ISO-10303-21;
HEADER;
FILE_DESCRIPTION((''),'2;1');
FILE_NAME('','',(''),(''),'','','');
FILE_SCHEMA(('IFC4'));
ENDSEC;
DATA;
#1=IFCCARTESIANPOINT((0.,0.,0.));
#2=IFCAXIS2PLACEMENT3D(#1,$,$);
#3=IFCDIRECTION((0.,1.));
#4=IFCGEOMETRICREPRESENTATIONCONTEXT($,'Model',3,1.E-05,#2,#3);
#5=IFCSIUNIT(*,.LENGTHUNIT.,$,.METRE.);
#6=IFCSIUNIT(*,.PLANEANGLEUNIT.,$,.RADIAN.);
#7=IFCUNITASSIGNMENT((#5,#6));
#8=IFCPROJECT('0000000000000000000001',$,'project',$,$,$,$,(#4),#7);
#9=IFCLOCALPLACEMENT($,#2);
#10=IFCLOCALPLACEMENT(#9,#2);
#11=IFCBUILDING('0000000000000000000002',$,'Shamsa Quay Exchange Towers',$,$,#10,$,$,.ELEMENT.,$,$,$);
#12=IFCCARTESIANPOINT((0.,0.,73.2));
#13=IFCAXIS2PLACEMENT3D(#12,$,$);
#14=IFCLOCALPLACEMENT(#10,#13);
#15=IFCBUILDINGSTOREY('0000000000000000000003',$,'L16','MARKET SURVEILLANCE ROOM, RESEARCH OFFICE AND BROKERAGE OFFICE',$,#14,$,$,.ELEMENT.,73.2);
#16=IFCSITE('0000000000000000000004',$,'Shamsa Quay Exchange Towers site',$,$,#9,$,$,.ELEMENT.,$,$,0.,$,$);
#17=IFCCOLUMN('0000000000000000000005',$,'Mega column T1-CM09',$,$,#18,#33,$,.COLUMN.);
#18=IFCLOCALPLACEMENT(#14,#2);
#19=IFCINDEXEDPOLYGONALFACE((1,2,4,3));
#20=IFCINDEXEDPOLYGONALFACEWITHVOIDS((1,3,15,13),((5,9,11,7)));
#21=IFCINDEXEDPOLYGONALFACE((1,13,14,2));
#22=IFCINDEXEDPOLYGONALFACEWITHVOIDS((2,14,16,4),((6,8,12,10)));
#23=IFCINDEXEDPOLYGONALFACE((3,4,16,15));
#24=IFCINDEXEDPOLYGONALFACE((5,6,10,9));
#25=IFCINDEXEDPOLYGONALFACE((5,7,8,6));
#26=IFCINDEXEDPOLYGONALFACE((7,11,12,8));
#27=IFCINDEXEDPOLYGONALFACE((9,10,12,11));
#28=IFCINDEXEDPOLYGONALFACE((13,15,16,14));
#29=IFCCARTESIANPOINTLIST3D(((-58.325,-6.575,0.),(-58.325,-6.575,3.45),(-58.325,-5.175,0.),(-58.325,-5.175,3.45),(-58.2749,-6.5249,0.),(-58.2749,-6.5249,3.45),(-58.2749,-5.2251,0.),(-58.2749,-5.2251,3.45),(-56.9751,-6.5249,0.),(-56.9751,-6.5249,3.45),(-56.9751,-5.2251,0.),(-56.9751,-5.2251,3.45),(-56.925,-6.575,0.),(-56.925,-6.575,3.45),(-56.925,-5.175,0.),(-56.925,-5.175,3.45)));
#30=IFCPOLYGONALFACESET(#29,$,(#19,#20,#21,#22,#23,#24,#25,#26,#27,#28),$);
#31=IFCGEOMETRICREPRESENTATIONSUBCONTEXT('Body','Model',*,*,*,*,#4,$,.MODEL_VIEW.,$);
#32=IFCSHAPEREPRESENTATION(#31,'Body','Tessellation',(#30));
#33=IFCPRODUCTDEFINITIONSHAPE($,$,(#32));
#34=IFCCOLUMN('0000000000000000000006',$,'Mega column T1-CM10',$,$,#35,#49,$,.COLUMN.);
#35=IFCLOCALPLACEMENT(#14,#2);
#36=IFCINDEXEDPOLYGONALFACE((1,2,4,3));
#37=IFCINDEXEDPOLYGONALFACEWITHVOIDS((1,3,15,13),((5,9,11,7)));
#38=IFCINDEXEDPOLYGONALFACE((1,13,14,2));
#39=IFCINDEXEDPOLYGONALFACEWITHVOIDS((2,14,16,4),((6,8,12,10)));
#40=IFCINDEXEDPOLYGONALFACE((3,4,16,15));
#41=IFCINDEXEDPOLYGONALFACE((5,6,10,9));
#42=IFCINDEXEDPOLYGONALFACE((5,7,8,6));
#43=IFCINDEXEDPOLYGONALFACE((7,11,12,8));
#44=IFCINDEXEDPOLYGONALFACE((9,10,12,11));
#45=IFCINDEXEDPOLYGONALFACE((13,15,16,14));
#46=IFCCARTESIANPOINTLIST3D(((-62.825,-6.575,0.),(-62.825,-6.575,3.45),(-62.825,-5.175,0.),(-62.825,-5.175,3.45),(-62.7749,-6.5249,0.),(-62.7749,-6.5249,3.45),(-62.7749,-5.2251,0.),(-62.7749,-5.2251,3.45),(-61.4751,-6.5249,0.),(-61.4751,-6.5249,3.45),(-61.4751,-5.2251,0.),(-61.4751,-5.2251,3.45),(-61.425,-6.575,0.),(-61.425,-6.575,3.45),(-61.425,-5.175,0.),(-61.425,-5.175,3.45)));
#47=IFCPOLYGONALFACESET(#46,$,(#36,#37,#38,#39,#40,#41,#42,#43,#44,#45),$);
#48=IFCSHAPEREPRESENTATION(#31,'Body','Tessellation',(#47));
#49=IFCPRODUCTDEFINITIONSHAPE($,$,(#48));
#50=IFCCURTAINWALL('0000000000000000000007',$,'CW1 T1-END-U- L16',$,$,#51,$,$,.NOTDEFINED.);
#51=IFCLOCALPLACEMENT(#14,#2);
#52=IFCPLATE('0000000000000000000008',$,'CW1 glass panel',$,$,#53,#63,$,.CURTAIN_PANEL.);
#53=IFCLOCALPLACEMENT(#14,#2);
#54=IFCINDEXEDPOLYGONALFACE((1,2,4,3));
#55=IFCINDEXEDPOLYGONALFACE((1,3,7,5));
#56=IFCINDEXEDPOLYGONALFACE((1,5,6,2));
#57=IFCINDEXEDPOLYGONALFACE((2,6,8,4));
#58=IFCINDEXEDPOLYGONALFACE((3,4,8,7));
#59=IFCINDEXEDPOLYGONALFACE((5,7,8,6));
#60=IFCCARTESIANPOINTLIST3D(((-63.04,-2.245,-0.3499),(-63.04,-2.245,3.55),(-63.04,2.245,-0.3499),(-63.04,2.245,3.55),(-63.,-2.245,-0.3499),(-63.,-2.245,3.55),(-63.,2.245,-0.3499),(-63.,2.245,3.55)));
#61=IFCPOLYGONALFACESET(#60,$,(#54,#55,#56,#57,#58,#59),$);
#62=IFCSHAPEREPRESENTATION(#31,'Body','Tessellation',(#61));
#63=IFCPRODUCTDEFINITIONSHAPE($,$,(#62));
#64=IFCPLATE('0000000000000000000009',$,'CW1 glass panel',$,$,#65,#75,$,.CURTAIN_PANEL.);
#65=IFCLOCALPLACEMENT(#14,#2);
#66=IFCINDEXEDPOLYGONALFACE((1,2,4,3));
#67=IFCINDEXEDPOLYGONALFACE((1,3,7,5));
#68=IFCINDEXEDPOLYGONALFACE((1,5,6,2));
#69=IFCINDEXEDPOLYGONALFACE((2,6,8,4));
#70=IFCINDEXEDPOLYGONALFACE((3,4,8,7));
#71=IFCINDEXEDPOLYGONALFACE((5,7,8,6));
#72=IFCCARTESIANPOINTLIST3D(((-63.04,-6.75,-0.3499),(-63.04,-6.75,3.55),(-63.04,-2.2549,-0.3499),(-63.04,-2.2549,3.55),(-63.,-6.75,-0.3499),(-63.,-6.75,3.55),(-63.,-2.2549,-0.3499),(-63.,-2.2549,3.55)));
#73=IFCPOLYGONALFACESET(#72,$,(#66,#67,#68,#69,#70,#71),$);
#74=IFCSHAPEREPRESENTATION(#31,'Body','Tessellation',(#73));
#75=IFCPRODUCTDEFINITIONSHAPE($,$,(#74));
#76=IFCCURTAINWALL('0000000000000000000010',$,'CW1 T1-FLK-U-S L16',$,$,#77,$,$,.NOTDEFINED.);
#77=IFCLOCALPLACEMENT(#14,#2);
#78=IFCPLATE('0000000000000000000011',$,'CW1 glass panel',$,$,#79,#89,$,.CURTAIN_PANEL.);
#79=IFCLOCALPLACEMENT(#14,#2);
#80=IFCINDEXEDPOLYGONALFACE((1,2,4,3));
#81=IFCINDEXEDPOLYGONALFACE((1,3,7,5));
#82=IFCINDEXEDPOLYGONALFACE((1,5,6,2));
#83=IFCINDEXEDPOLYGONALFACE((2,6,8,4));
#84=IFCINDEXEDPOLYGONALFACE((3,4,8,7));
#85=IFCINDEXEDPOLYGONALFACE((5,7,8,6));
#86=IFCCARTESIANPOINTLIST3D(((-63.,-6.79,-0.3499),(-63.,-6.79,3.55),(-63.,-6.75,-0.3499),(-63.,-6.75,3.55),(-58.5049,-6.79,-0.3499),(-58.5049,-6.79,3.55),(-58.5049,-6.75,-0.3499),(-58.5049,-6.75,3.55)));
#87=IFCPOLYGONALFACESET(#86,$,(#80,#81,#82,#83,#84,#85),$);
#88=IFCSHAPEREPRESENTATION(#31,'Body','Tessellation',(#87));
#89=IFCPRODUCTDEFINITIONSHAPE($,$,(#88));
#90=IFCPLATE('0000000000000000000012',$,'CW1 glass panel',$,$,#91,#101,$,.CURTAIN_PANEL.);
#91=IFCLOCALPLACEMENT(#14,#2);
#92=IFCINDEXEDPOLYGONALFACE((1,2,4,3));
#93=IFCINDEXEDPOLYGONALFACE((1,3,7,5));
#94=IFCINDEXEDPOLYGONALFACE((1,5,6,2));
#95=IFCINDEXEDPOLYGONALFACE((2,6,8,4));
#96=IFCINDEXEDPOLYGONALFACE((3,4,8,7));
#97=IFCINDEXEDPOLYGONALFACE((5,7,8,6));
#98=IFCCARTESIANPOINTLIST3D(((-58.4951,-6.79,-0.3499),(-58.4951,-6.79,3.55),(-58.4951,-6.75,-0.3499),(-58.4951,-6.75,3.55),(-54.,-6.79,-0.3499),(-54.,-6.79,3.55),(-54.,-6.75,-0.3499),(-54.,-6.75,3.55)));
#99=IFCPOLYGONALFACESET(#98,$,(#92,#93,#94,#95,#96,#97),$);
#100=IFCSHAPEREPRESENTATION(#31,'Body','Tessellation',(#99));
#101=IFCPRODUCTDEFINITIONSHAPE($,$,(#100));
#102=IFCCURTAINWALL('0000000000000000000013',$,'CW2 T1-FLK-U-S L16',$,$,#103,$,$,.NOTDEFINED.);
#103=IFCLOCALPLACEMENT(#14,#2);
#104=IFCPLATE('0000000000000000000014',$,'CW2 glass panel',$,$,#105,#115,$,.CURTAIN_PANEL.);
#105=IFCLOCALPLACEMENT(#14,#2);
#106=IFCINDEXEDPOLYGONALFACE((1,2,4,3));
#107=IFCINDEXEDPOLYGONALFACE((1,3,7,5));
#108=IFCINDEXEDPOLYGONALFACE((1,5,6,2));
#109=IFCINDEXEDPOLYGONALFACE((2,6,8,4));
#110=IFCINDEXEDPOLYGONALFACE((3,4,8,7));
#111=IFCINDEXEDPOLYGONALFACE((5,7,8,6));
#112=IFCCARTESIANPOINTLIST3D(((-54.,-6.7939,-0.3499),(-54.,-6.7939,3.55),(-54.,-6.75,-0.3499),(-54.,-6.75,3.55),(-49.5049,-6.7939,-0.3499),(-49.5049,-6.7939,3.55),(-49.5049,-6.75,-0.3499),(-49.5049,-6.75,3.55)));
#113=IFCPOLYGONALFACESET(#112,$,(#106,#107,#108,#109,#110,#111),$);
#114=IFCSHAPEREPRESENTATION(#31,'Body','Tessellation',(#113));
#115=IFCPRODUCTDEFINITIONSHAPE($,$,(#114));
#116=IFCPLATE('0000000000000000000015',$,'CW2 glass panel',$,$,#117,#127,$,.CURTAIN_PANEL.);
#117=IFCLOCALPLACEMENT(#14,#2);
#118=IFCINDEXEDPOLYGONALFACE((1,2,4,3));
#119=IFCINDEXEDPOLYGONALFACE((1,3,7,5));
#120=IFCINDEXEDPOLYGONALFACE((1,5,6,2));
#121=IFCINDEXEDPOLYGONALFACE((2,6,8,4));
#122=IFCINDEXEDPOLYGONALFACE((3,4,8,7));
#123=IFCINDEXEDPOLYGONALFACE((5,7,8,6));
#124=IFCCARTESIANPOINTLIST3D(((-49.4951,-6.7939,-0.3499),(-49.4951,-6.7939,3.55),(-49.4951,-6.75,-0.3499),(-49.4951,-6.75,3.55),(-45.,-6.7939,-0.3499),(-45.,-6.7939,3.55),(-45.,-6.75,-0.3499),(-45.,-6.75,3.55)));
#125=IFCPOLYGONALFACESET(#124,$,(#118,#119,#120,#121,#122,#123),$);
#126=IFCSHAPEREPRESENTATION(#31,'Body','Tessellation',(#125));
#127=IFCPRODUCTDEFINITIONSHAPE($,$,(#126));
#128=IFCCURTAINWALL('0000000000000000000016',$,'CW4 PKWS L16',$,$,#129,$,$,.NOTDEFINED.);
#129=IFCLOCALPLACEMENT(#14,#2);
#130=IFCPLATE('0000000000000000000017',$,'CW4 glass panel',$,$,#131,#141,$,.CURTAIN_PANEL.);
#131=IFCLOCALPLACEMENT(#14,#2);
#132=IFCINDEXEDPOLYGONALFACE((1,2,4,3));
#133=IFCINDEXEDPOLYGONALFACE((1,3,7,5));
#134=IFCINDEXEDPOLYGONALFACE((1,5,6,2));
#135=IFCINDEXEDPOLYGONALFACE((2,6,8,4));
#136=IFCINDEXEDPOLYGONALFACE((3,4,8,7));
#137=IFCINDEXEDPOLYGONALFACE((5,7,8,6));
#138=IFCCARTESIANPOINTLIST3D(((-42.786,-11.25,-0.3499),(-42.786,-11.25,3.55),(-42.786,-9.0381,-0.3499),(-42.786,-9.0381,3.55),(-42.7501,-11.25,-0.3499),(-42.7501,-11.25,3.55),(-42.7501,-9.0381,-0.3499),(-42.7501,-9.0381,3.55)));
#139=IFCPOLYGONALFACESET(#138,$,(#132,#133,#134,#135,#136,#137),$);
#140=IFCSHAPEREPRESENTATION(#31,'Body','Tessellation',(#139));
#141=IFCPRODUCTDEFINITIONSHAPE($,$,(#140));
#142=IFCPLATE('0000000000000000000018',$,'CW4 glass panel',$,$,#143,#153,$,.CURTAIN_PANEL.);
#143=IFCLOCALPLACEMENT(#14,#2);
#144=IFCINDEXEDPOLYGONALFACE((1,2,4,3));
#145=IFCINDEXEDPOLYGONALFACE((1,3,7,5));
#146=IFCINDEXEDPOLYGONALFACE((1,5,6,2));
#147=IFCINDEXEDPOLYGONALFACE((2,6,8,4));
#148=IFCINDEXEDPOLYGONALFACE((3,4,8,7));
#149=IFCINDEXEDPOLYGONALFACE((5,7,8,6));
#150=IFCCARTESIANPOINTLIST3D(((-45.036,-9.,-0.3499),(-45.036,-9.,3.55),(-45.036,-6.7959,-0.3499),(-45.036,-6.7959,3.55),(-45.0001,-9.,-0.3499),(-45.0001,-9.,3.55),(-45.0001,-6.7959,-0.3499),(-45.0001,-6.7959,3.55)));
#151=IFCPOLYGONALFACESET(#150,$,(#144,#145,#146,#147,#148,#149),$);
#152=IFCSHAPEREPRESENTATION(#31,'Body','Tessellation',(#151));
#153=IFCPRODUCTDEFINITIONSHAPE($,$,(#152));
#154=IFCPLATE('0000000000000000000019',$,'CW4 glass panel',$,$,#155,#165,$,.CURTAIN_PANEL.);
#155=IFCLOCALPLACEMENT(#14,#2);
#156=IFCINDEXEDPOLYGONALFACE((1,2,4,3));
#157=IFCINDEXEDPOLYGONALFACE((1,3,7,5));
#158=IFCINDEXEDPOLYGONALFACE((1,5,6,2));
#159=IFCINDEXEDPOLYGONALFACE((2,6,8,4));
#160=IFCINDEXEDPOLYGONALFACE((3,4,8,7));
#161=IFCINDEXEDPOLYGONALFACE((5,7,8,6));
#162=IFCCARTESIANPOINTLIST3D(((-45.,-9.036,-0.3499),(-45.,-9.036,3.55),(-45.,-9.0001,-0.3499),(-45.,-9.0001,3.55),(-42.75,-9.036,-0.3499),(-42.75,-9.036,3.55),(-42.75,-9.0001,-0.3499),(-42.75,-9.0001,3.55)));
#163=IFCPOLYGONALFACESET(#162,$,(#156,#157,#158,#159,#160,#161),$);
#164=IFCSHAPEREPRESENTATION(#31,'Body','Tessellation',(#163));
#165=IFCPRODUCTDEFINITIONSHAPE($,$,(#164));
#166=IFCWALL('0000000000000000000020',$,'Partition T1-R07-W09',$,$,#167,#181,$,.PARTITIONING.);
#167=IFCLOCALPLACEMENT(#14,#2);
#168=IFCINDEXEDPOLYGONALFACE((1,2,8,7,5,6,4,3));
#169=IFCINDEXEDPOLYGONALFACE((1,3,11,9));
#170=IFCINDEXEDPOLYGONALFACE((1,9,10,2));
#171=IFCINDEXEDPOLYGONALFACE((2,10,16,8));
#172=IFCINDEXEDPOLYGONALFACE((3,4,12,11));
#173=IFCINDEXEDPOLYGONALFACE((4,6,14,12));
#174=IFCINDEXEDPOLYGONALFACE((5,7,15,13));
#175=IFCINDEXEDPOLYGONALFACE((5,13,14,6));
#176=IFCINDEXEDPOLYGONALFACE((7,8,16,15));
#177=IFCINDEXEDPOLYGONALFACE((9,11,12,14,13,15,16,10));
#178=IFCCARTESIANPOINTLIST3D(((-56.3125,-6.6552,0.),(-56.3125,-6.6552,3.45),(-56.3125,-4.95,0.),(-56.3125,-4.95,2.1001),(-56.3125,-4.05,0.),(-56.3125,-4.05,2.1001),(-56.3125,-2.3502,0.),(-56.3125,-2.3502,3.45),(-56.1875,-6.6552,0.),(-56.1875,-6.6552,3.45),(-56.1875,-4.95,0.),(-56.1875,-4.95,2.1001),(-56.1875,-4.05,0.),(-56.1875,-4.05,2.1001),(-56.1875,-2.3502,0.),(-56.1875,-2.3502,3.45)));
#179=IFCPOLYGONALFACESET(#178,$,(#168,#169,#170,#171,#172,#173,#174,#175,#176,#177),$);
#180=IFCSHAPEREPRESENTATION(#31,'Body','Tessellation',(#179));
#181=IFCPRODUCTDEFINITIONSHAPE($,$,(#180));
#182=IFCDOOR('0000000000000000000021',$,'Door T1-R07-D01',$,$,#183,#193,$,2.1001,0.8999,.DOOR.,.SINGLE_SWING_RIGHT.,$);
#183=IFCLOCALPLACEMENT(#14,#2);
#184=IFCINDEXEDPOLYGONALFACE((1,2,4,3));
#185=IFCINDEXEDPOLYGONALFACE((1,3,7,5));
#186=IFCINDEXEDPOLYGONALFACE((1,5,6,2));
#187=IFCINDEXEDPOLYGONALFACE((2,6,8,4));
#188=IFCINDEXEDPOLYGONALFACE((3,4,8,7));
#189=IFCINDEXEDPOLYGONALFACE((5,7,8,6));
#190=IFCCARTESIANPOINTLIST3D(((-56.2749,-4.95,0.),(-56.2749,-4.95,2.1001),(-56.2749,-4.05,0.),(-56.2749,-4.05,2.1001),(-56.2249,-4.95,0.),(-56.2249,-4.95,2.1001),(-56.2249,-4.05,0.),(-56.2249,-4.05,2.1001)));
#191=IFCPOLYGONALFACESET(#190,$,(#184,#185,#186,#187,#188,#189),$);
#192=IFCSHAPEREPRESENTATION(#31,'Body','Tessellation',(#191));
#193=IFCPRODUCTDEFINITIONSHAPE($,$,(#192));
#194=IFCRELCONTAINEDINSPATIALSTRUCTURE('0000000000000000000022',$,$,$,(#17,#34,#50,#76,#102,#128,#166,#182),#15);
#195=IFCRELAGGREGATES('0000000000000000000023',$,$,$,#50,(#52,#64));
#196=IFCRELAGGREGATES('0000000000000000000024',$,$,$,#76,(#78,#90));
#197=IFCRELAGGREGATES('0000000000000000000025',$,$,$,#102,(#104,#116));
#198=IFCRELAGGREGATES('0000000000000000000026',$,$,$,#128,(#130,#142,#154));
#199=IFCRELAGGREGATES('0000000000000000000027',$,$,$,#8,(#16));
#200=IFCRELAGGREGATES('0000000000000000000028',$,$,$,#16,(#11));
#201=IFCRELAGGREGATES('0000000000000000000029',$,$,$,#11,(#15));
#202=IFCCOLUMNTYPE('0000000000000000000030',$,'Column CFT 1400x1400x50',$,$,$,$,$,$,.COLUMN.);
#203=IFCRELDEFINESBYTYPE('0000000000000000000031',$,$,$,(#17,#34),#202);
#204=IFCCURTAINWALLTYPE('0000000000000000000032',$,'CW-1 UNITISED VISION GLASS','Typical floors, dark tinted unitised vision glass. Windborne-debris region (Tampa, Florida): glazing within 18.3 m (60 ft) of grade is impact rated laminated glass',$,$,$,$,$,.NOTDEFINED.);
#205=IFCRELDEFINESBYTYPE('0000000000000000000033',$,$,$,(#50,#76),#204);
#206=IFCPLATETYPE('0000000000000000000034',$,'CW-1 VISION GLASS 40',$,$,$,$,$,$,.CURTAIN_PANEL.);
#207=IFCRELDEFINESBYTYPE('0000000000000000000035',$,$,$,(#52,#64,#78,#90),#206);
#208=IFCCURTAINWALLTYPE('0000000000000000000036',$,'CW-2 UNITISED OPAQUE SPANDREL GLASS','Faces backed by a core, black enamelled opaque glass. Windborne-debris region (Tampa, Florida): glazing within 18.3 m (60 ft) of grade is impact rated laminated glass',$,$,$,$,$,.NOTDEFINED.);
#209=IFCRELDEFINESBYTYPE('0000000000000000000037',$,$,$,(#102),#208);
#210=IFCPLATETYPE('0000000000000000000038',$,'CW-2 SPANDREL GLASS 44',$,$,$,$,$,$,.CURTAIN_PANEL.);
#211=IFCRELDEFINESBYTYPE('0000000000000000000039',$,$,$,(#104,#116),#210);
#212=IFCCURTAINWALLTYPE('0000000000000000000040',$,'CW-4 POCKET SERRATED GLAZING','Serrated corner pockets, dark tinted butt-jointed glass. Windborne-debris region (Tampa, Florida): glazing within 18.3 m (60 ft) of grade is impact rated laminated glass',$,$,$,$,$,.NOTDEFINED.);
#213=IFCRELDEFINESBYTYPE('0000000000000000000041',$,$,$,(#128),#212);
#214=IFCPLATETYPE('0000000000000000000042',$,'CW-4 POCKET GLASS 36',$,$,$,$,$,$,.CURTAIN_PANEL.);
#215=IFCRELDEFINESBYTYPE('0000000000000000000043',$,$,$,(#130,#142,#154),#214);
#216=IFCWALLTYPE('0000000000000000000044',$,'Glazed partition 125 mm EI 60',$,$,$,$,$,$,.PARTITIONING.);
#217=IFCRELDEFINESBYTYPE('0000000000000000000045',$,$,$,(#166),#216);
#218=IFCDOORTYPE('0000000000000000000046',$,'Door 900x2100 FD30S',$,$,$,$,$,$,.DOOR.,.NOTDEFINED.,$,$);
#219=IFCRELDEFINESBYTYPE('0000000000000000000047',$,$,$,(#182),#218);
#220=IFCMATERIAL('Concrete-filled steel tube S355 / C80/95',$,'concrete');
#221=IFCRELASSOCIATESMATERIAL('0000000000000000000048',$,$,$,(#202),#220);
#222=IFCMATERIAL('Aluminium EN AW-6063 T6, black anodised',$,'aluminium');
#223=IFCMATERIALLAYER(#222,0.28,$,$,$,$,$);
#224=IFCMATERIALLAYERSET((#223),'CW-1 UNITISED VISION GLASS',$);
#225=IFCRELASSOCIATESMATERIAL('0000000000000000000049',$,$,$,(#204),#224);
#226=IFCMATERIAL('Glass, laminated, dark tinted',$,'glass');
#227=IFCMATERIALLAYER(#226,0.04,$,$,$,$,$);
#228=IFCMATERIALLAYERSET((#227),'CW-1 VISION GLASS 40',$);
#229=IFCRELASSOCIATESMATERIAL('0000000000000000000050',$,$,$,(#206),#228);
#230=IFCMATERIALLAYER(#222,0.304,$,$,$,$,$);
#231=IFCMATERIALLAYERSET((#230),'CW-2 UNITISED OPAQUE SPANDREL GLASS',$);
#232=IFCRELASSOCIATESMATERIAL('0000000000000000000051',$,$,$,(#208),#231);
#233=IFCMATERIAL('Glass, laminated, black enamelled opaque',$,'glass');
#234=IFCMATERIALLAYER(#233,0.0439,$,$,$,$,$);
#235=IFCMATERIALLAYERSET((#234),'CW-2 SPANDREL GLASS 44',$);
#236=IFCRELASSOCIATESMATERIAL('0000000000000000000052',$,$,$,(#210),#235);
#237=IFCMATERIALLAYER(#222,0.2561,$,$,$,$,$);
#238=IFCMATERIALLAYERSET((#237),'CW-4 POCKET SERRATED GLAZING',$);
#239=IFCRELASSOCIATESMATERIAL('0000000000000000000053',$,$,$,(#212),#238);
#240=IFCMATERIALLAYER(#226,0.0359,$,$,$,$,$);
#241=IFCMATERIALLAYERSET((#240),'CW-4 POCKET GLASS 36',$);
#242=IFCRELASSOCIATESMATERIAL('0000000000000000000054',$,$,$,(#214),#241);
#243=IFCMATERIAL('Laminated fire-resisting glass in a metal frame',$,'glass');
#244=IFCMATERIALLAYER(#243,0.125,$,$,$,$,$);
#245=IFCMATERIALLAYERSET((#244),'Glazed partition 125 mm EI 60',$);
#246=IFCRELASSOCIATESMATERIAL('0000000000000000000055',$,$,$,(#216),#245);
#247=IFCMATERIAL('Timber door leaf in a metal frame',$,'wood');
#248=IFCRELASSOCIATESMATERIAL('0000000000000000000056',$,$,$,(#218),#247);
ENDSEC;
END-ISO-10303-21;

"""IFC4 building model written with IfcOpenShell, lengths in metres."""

from ifc_helpers import new_model, si_unit, direction, frame, frame_2d, origin, origin_2d, place, context, subcontext, project, spatial, rectangle, hollow_rectangle, extrude, material, layer, layer_set, material_profile, profile_set, type_object, element, fill, aggregate, save


model = new_model("IFC4")

# Units and contexts
model_context = context("Model", 3, precision=1e-05, world=origin(), true_north=direction((0.0, 1.0)))
body_context = subcontext(model_context, "Body", "Model", "MODEL_VIEW")
ifc_project = project(units=[si_unit("LENGTHUNIT", "METRE"), si_unit("PLANEANGLEUNIT", "RADIAN")], contexts=[model_context])

# Site, building, storey
site_placement = place(None, origin())
site = spatial("IfcSite", under=ifc_project, at=site_placement, Name="Shamsa Quay Exchange Towers site", CompositionType="ELEMENT", RefElevation=0.0)
building_placement = place(site_placement, origin())
building = spatial("IfcBuilding", under=site, at=building_placement, Name="Shamsa Quay Exchange Towers", CompositionType="ELEMENT")
storey_placement = place(building_placement, frame((0.0, 0.0, 73.2)))
storey = spatial("IfcBuildingStorey", under=building, at=storey_placement, Name="L16", Description="MARKET SURVEILLANCE ROOM, RESEARCH OFFICE AND BROKERAGE OFFICE", CompositionType="ELEMENT", Elevation=73.2)

# Columns
ifc_material_1 = material(Name="Concrete-filled steel tube S355 / C80/95", Category="concrete")
ifc_material_profile = material_profile(ifc_material_1, hollow_rectangle(XDim=1.3999, YDim=1.3999, WallThickness=0.05, at=origin_2d()), Name="CFT 1400x1400x50")
ifc_profile_set = profile_set([ifc_material_profile], Name="Concrete-filled steel tube S355 / C80/95")
column_type = type_object("IfcColumnType", Name="Column CFT 1400x1400x50", PredefinedType="COLUMN", material=ifc_profile_set)
for number, where, name in (
    (1, (-57.625, -5.875, 0.0), "Mega column T1-CM09"),
    (2, (-62.125, -5.875, 0.0), "Mega column T1-CM10"),
):
    element("IfcColumn", number, at=place(storey_placement, frame(where)), inside=storey, type_object=column_type, Name=name, PredefinedType="COLUMN", context=body_context, shape_type="SweptSolid", body=[
        extrude(hollow_rectangle(XDim=1.3999, YDim=1.3999, WallThickness=0.05, at=origin_2d()), origin(), (0.0, 0.0, 1.0), 3.45),
    ])

# Curtain walls, plates
ifc_material_2 = material(Name="Aluminium EN AW-6063 T6, black anodised", Category="aluminium")
ifc_layer_1 = layer(ifc_material_2, 0.28)
ifc_layer_set_1 = layer_set([ifc_layer_1], Name="CW-1 UNITISED VISION GLASS")
curtain_wall_type_1 = type_object("IfcCurtainWallType", Name="CW-1 UNITISED VISION GLASS", Description="Typical floors, dark tinted unitised vision glass. Windborne-debris region (Tampa, Florida): glazing within 18.3 m (60 ft) of grade is impact rated laminated glass", PredefinedType="NOTDEFINED", material=ifc_layer_set_1)
curtain_wall_1_placement = place(storey_placement, origin())
curtain_wall_1 = element("IfcCurtainWall", 3, at=curtain_wall_1_placement, inside=storey, type_object=curtain_wall_type_1, Name="CW1 T1-END-U- L16", PredefinedType="NOTDEFINED")
ifc_material_3 = material(Name="Glass, laminated, dark tinted", Category="glass")
ifc_layer_2 = layer(ifc_material_3, 0.04)
ifc_layer_set_2 = layer_set([ifc_layer_2], Name="CW-1 VISION GLASS 40")
plate_type_1 = type_object("IfcPlateType", Name="CW-1 VISION GLASS 40", PredefinedType="CURTAIN_PANEL", material=ifc_layer_set_2)
plate_1_placement = place(storey_placement, frame((-63.02, 0.0, -0.3499), z_axis=(0.0, 0.0, 1.0), x_axis=(0.0, -1.0, 0.0)))
plate_1 = element("IfcPlate", 4, at=plate_1_placement, type_object=plate_type_1, Name="CW1 glass panel", PredefinedType="CURTAIN_PANEL", context=body_context, shape_type="SweptSolid", body=[
    extrude(rectangle(XDim=4.49, YDim=0.04, at=origin_2d()), origin(), (0.0, 0.0, 1.0), 3.8999),
])
plate_2_placement = place(storey_placement, frame((-63.02, -4.5024, -0.3499), z_axis=(0.0, 0.0, 1.0), x_axis=(0.0, -1.0, 0.0)))
plate_2 = element("IfcPlate", 5, at=plate_2_placement, type_object=plate_type_1, Name="CW1 glass panel", PredefinedType="CURTAIN_PANEL", context=body_context, shape_type="SweptSolid", body=[
    extrude(rectangle(XDim=4.4951, YDim=0.04, at=origin_2d()), origin(), (0.0, 0.0, 1.0), 3.8999),
])
aggregate(curtain_wall_1, [plate_1, plate_2])
curtain_wall_2_placement = place(storey_placement, origin())
curtain_wall_2 = element("IfcCurtainWall", 6, at=curtain_wall_2_placement, inside=storey, type_object=curtain_wall_type_1, Name="CW1 T1-FLK-U-S L16", PredefinedType="NOTDEFINED")
plate_3_placement = place(storey_placement, frame((-60.7524, -6.77, -0.3499)))
plate_3 = element("IfcPlate", 7, at=plate_3_placement, type_object=plate_type_1, Name="CW1 glass panel", PredefinedType="CURTAIN_PANEL", context=body_context, shape_type="SweptSolid", body=[
    extrude(rectangle(XDim=4.4951, YDim=0.04, at=origin_2d()), origin(), (0.0, 0.0, 1.0), 3.8999),
])
plate_4_placement = place(storey_placement, frame((-56.2476, -6.77, -0.3499)))
plate_4 = element("IfcPlate", 8, at=plate_4_placement, type_object=plate_type_1, Name="CW1 glass panel", PredefinedType="CURTAIN_PANEL", context=body_context, shape_type="SweptSolid", body=[
    extrude(rectangle(XDim=4.4951, YDim=0.04, at=origin_2d()), origin(), (0.0, 0.0, 1.0), 3.8999),
])
aggregate(curtain_wall_2, [plate_3, plate_4])
ifc_layer_3 = layer(ifc_material_2, 0.304)
ifc_layer_set_3 = layer_set([ifc_layer_3], Name="CW-2 UNITISED OPAQUE SPANDREL GLASS")
curtain_wall_type_2 = type_object("IfcCurtainWallType", Name="CW-2 UNITISED OPAQUE SPANDREL GLASS", Description="Faces backed by a core, black enamelled opaque glass. Windborne-debris region (Tampa, Florida): glazing within 18.3 m (60 ft) of grade is impact rated laminated glass", PredefinedType="NOTDEFINED", material=ifc_layer_set_3)
curtain_wall_3_placement = place(storey_placement, origin())
curtain_wall_3 = element("IfcCurtainWall", 9, at=curtain_wall_3_placement, inside=storey, type_object=curtain_wall_type_2, Name="CW2 T1-FLK-U-S L16", PredefinedType="NOTDEFINED")
ifc_material_4 = material(Name="Glass, laminated, black enamelled opaque", Category="glass")
ifc_layer_4 = layer(ifc_material_4, 0.0439)
ifc_layer_set_4 = layer_set([ifc_layer_4], Name="CW-2 SPANDREL GLASS 44")
plate_type_2 = type_object("IfcPlateType", Name="CW-2 SPANDREL GLASS 44", PredefinedType="CURTAIN_PANEL", material=ifc_layer_set_4)
plate_5_placement = place(storey_placement, frame((-51.7524, -6.772, -0.3499)))
plate_5 = element("IfcPlate", 10, at=plate_5_placement, type_object=plate_type_2, Name="CW2 glass panel", PredefinedType="CURTAIN_PANEL", context=body_context, shape_type="SweptSolid", body=[
    extrude(rectangle(XDim=4.4951, YDim=0.0439, at=origin_2d()), origin(), (0.0, 0.0, 1.0), 3.8999),
])
plate_6_placement = place(storey_placement, frame((-47.2476, -6.772, -0.3499)))
plate_6 = element("IfcPlate", 11, at=plate_6_placement, type_object=plate_type_2, Name="CW2 glass panel", PredefinedType="CURTAIN_PANEL", context=body_context, shape_type="SweptSolid", body=[
    extrude(rectangle(XDim=4.4951, YDim=0.0439, at=origin_2d()), origin(), (0.0, 0.0, 1.0), 3.8999),
])
aggregate(curtain_wall_3, [plate_5, plate_6])
ifc_layer_5 = layer(ifc_material_2, 0.2561)
ifc_layer_set_5 = layer_set([ifc_layer_5], Name="CW-4 POCKET SERRATED GLAZING")
curtain_wall_type_3 = type_object("IfcCurtainWallType", Name="CW-4 POCKET SERRATED GLAZING", Description="Serrated corner pockets, dark tinted butt-jointed glass. Windborne-debris region (Tampa, Florida): glazing within 18.3 m (60 ft) of grade is impact rated laminated glass", PredefinedType="NOTDEFINED", material=ifc_layer_set_5)
curtain_wall_4_placement = place(storey_placement, origin())
curtain_wall_4 = element("IfcCurtainWall", 12, at=curtain_wall_4_placement, inside=storey, type_object=curtain_wall_type_3, Name="CW4 PKWS L16", PredefinedType="NOTDEFINED")
ifc_layer_6 = layer(ifc_material_3, 0.0359)
ifc_layer_set_6 = layer_set([ifc_layer_6], Name="CW-4 POCKET GLASS 36")
plate_type_3 = type_object("IfcPlateType", Name="CW-4 POCKET GLASS 36", PredefinedType="CURTAIN_PANEL", material=ifc_layer_set_6)
plate_7_placement = place(storey_placement, frame((-42.7681, -10.144, -0.3499), z_axis=(0.0, 0.0, 1.0), x_axis=(0.0, -1.0, 0.0)))
plate_7 = element("IfcPlate", 13, at=plate_7_placement, type_object=plate_type_3, Name="CW4 glass panel", PredefinedType="CURTAIN_PANEL", context=body_context, shape_type="SweptSolid", body=[
    extrude(rectangle(XDim=2.2119, YDim=0.0359, at=origin_2d()), origin(), (0.0, 0.0, 1.0), 3.8999),
])
plate_8_placement = place(storey_placement, frame((-45.0181, -7.8979, -0.3499), z_axis=(0.0, 0.0, 1.0), x_axis=(0.0, -1.0, 0.0)))
plate_8 = element("IfcPlate", 14, at=plate_8_placement, type_object=plate_type_3, Name="CW4 glass panel", PredefinedType="CURTAIN_PANEL", context=body_context, shape_type="SweptSolid", body=[
    extrude(rectangle(XDim=2.2041, YDim=0.0359, at=origin_2d()), origin(), (0.0, 0.0, 1.0), 3.8999),
])
plate_9_placement = place(storey_placement, frame((-43.875, -9.0181, -0.3499)))
plate_9 = element("IfcPlate", 15, at=plate_9_placement, type_object=plate_type_3, Name="CW4 glass panel", PredefinedType="CURTAIN_PANEL", context=body_context, shape_type="SweptSolid", body=[
    extrude(rectangle(XDim=2.25, YDim=0.0359, at=origin_2d()), origin(), (0.0, 0.0, 1.0), 3.8999),
])
aggregate(curtain_wall_4, [plate_7, plate_8, plate_9])

# Wall, opening, door
ifc_material_5 = material(Name="Laminated fire-resisting glass in a metal frame", Category="glass")
ifc_layer_7 = layer(ifc_material_5, 0.125)
ifc_layer_set_7 = layer_set([ifc_layer_7], Name="Glazed partition 125 mm EI 60")
wall_type_1 = type_object("IfcWallType", Name="Glazed partition 125 mm EI 60", PredefinedType="PARTITIONING", material=ifc_layer_set_7)
wall_1_placement = place(storey_placement, frame((-56.25, -6.655, 0.0), z_axis=(0.0, 0.0, 1.0), x_axis=(0.0, 1.0, 0.0)))
wall_1 = element("IfcWall", 16, at=wall_1_placement, inside=storey, type_object=wall_type_1, Name="Partition T1-R07-W09", PredefinedType="PARTITIONING", context=body_context, shape_type="SweptSolid", body=[
    extrude(rectangle(XDim=4.3049, YDim=0.125, at=frame_2d((2.1523, 0.0))), origin(), (0.0, 0.0, 1.0), 3.45),
])
opening_1_placement = place(wall_1_placement, frame((1.7051, 0.0, 0.0)))
opening_1 = element("IfcOpeningElement", 17, at=opening_1_placement, cuts=wall_1, PredefinedType="OPENING", context=body_context, shape_type="SweptSolid", body=[
    extrude(rectangle(XDim=0.8999, YDim=2.1001, at=frame_2d((0.45, 1.05))), frame((0.0, 0.0725, 0.0), z_axis=(0.0, -1.0, 0.0), x_axis=(1.0, 0.0, 0.0)), (0.0, 0.0, 1.0), 0.145),
])
ifc_material_6 = material(Name="Timber door leaf in a metal frame", Category="wood")
door_type_1 = type_object("IfcDoorType", Name="Door 900x2100 FD30S", OperationType="NOTDEFINED", PredefinedType="DOOR", material=ifc_material_6)
door_1_placement = place(opening_1_placement, origin())
door_1 = element("IfcDoor", 18, at=door_1_placement, inside=storey, type_object=door_type_1, Name="Door T1-R07-D01", OperationType="SINGLE_SWING_RIGHT", OverallHeight=2.1001, OverallWidth=0.8999, PredefinedType="DOOR", context=body_context, shape_type="SweptSolid", body=[
    extrude(rectangle(XDim=0.8999, YDim=2.1001, at=frame_2d((0.45, 1.05))), frame((0.0, 0.0249, 0.0), z_axis=(0.0, -1.0, 0.0), x_axis=(1.0, 0.0, 0.0)), (0.0, 0.0, 1.0), 0.05),
])
fill(opening_1, door_1)

save(model, "model.ifc")
